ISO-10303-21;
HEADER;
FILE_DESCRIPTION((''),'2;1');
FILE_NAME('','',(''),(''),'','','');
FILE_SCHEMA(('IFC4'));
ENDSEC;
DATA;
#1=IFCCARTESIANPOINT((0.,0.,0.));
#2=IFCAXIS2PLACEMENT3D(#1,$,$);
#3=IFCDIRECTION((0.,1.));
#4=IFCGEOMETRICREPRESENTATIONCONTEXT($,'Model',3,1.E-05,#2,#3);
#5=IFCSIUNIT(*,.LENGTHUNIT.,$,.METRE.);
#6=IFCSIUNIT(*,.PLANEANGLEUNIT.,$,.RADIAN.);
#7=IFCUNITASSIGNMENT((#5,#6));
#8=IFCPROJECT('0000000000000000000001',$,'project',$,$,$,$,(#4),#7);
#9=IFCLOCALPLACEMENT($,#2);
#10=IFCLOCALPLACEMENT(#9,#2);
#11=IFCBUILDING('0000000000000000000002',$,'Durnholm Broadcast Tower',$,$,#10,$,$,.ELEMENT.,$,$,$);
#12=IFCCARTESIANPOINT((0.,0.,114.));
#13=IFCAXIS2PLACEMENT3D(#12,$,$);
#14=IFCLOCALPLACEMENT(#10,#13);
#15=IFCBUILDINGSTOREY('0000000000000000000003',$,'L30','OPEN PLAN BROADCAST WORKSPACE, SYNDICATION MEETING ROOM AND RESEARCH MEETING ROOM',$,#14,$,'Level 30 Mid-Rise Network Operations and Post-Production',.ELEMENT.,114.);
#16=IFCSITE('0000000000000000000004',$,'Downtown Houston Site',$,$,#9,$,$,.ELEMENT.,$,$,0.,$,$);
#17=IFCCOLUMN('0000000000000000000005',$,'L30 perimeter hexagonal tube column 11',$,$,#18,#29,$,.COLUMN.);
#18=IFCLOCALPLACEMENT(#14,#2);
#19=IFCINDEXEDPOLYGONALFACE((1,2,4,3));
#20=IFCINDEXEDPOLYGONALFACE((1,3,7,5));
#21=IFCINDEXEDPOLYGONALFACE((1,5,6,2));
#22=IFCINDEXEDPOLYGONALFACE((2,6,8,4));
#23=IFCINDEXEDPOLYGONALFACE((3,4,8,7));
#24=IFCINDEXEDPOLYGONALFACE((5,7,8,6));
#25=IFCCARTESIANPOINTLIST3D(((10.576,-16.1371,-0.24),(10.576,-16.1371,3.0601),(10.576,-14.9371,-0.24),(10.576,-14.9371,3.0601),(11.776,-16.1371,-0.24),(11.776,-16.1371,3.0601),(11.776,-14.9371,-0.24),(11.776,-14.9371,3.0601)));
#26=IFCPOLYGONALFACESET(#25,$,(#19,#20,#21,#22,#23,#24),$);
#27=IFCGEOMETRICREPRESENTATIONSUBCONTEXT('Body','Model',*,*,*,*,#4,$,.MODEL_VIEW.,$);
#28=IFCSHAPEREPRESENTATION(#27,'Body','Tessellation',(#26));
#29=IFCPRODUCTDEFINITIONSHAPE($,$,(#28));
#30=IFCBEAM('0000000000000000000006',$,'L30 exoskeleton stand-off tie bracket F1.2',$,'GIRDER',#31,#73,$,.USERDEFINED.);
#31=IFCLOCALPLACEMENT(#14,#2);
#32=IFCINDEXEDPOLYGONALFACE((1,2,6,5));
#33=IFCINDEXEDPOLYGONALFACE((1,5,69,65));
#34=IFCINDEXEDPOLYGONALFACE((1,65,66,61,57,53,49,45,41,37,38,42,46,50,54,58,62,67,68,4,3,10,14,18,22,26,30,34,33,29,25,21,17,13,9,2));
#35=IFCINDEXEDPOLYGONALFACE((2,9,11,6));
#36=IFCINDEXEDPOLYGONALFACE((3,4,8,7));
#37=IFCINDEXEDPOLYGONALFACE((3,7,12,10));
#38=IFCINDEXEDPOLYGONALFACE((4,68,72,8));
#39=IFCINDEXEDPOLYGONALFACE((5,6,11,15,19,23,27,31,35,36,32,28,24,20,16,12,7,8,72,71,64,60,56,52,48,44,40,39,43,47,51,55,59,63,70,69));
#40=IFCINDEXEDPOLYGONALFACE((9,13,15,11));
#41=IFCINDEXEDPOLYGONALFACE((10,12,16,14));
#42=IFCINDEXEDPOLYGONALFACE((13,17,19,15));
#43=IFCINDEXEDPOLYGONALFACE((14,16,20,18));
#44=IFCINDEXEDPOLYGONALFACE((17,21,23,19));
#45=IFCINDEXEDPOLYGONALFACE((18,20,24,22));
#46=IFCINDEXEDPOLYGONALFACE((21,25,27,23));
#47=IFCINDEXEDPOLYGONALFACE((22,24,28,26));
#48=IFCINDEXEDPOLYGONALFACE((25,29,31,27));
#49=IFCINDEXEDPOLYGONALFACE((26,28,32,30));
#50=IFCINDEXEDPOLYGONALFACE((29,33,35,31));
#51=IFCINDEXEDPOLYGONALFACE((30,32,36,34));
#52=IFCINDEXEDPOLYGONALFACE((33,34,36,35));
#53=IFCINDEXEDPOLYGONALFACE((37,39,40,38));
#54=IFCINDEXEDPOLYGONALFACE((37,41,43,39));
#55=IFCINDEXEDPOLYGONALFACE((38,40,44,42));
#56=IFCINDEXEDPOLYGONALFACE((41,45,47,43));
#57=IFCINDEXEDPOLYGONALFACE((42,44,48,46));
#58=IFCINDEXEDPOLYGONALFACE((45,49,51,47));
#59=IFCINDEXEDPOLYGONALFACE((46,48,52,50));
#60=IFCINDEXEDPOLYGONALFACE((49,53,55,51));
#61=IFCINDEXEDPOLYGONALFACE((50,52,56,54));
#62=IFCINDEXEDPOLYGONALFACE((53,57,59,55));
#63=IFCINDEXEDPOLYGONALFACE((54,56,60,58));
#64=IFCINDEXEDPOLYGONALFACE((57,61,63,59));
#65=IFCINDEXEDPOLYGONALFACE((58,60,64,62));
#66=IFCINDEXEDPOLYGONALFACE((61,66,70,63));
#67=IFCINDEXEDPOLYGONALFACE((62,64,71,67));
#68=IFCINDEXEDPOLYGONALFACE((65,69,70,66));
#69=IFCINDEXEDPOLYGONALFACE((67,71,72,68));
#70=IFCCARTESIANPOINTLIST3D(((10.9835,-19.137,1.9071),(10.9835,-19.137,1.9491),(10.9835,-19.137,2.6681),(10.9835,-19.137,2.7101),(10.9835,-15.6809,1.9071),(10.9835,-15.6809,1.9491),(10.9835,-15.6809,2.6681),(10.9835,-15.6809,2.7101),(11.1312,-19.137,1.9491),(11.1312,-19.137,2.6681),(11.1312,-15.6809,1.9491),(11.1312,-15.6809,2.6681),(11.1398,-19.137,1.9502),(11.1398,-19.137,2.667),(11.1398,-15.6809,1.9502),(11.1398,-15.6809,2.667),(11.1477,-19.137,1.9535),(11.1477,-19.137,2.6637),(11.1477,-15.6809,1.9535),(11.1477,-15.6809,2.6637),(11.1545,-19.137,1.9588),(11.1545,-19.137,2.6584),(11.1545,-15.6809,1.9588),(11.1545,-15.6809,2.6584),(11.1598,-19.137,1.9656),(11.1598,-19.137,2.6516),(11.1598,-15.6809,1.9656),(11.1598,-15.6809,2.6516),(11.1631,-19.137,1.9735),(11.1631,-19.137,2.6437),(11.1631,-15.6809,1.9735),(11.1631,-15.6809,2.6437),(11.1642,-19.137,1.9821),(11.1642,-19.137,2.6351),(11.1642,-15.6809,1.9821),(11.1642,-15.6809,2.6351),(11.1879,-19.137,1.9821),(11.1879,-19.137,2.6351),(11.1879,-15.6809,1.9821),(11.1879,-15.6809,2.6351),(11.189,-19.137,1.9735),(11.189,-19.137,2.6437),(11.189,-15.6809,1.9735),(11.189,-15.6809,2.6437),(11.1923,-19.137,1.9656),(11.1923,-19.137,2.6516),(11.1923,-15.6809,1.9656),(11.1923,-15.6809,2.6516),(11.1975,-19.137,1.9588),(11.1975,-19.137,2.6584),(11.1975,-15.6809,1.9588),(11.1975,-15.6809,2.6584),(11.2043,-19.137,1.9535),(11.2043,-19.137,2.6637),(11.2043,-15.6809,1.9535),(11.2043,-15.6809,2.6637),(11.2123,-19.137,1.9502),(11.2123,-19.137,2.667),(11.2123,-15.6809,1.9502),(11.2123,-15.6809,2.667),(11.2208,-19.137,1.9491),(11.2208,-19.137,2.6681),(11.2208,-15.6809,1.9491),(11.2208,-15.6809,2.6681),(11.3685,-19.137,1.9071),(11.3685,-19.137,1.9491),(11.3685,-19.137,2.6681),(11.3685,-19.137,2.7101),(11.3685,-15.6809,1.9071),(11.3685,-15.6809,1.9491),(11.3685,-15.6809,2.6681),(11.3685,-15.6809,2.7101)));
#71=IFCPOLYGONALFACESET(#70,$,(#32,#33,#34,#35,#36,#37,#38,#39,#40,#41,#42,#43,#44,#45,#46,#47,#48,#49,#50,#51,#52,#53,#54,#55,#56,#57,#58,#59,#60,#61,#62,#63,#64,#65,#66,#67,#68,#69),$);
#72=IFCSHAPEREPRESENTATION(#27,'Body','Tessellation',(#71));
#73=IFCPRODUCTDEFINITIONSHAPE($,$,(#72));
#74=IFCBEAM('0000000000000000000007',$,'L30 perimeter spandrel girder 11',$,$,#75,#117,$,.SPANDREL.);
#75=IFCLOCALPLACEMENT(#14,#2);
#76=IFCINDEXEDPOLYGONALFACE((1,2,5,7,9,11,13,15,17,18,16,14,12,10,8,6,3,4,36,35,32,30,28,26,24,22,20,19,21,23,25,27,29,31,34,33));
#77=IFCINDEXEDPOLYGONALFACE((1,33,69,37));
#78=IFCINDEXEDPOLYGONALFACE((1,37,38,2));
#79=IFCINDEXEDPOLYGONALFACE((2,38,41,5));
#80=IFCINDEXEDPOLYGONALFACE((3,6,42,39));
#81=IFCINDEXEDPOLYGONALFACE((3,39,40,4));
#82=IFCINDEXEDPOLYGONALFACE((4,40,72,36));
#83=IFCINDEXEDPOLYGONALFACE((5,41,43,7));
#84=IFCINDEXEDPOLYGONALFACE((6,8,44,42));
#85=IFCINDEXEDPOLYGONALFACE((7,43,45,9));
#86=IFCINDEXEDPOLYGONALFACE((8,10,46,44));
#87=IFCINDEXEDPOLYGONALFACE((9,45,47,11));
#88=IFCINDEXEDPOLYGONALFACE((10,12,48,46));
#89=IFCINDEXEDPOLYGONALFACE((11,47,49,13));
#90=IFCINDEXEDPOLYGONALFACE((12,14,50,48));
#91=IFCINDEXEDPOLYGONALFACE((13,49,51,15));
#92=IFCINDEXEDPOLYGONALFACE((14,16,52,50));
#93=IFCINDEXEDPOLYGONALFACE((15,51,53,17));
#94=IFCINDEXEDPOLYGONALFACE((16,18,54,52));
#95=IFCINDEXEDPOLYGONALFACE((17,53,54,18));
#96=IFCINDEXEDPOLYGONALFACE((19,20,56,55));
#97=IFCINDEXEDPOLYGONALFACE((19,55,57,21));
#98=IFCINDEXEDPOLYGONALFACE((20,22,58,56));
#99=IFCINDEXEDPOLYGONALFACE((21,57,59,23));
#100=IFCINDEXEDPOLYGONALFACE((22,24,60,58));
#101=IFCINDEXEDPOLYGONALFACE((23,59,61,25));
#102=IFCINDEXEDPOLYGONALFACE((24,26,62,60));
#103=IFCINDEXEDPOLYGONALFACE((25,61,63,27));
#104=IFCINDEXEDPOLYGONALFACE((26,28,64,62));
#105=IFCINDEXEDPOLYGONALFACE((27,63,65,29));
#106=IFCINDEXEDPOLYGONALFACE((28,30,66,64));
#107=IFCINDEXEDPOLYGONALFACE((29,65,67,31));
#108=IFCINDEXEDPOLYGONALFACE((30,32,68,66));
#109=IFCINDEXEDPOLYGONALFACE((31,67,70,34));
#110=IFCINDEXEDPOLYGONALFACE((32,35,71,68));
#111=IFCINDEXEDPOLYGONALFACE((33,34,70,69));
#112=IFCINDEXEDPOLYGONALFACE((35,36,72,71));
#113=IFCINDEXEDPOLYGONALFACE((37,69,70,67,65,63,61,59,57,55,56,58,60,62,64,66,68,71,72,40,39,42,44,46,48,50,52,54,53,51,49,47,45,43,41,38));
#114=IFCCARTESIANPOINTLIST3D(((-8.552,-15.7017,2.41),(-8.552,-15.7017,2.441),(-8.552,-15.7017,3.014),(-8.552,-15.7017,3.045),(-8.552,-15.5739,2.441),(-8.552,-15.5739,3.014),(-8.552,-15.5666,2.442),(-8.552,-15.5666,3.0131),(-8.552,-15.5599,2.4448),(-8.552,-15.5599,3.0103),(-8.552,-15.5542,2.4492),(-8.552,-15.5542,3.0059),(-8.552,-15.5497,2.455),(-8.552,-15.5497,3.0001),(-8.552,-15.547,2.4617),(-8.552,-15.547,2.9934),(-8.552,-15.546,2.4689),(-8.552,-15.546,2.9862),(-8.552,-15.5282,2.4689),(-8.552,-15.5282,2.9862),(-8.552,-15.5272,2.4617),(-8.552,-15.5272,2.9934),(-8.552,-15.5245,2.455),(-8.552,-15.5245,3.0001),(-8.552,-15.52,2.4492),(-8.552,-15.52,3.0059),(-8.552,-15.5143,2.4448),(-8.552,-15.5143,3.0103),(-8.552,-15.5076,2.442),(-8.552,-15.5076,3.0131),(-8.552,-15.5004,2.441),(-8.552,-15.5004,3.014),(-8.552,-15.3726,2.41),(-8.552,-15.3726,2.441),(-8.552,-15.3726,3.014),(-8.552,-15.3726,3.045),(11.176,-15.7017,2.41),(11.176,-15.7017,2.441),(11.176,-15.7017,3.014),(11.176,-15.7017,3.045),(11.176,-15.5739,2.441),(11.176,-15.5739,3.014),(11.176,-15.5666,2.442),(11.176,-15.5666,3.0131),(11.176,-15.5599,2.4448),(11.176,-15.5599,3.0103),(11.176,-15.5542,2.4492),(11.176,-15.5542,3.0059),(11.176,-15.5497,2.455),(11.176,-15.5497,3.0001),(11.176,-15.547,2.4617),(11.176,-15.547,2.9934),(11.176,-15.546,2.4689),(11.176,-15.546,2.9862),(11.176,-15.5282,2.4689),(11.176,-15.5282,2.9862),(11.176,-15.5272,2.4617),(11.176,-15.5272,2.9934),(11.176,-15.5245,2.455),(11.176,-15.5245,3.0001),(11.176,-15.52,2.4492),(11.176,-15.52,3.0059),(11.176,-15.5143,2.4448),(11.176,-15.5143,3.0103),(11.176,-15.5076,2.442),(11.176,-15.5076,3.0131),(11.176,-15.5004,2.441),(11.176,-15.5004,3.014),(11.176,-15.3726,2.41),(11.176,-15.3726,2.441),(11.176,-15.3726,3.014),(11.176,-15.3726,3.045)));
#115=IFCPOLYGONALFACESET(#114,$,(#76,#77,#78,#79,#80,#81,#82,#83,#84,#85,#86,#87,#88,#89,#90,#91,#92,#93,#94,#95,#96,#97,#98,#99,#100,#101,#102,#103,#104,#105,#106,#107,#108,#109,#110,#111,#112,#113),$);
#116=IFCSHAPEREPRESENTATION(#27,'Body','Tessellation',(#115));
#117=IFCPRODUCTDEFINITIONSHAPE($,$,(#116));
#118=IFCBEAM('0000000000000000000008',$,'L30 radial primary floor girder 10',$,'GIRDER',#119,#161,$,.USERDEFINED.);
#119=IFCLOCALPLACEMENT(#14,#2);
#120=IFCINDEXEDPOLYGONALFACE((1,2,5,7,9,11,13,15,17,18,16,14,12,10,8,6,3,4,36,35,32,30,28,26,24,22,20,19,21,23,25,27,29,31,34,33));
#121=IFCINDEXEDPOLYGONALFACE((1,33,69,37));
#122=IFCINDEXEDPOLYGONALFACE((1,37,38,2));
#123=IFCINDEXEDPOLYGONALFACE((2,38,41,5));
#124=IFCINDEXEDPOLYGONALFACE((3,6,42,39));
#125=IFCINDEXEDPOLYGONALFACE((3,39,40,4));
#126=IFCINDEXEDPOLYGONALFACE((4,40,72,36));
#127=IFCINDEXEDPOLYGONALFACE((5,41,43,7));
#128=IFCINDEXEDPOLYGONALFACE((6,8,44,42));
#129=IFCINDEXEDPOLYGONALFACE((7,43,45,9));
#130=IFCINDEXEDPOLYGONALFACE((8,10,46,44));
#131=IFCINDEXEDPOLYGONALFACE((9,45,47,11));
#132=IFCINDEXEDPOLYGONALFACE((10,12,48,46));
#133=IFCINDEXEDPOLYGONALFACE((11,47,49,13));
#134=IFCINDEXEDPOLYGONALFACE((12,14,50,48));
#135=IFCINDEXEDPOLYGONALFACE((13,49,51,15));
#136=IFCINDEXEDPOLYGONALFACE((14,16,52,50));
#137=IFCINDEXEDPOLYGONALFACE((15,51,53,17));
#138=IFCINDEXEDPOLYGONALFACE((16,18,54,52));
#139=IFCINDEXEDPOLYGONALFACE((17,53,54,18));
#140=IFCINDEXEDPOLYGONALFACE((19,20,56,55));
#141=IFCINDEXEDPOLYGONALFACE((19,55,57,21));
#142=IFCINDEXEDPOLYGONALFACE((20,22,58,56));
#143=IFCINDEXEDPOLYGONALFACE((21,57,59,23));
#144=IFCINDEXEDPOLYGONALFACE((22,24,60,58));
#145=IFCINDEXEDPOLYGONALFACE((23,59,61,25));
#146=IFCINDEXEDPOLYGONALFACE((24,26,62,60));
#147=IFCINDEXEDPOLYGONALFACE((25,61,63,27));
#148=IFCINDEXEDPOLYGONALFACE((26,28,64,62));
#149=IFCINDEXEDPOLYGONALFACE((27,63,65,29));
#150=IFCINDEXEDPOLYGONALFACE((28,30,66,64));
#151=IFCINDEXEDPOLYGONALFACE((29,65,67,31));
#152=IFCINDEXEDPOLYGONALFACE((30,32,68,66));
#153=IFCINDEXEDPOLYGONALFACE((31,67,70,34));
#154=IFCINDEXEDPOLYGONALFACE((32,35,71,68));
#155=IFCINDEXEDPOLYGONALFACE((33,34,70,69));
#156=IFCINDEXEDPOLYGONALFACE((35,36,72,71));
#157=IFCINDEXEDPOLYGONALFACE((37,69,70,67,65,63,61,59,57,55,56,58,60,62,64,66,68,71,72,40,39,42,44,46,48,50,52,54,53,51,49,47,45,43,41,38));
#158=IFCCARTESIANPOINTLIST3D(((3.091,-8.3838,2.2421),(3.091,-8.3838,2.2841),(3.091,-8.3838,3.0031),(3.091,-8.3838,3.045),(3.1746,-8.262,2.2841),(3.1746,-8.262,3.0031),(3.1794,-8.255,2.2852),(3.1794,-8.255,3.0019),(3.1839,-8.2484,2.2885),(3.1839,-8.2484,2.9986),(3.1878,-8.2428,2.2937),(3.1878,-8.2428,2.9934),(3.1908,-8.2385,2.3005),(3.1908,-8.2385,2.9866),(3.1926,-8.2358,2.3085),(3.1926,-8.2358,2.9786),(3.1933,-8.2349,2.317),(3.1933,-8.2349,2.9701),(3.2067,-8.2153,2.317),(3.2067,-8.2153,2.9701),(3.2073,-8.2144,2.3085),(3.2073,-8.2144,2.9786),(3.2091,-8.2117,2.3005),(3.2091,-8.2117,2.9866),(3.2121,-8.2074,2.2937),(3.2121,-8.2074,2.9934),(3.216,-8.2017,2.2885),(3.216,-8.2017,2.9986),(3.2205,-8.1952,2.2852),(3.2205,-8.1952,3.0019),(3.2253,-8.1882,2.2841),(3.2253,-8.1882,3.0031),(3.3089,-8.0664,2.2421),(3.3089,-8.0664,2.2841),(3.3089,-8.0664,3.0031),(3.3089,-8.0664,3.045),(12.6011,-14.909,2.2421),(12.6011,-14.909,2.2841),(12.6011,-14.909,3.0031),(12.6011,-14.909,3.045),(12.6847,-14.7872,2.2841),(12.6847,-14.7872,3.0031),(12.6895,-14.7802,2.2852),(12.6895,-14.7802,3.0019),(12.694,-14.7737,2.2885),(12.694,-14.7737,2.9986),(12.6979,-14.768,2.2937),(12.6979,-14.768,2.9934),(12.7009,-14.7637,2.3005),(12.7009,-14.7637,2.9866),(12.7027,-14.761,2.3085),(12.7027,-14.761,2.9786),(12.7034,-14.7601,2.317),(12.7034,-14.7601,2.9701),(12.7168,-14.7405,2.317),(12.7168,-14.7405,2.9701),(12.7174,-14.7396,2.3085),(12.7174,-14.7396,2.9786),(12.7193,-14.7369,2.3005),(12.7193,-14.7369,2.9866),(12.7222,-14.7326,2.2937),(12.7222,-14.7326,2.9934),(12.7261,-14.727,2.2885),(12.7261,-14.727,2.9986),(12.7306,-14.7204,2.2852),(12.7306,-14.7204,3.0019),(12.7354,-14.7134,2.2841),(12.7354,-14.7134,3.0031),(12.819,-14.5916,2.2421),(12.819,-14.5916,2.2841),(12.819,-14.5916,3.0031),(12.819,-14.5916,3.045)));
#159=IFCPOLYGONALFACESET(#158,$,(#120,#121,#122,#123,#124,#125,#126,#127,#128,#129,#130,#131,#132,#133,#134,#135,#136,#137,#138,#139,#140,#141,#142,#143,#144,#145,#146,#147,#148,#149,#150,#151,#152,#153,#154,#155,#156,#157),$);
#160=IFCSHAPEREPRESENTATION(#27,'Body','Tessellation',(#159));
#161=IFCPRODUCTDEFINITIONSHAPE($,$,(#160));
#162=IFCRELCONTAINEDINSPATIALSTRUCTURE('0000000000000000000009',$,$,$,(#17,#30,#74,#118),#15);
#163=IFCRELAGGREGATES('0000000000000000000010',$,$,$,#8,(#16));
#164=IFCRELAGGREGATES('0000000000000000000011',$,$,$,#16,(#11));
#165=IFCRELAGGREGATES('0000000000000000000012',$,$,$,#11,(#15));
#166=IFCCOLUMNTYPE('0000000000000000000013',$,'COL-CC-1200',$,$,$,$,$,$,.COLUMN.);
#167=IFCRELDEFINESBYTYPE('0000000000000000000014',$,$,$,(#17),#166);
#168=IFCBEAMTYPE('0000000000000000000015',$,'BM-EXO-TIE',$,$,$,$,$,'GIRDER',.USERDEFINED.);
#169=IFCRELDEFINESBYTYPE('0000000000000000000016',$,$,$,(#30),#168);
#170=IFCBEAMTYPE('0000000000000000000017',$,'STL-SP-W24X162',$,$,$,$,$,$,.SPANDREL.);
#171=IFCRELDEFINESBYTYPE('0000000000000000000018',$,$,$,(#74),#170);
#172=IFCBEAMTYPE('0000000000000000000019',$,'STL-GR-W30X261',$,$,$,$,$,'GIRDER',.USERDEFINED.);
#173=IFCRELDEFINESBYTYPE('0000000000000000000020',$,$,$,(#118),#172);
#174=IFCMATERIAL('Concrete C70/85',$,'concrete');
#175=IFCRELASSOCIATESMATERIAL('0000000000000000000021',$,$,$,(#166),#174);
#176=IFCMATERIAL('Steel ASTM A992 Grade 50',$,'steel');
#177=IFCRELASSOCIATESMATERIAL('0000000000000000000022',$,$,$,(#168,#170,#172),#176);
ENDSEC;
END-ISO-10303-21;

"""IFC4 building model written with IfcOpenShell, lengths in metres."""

from ifc_helpers import new_model, si_unit, direction, frame, origin, origin_2d, place, context, subcontext, project, spatial, rectangle, i_section, extrude, source, transform, mapped, material, material_profile, profile_set, type_object, type_shapes, element, save


model = new_model("IFC4")

# Units and contexts
model_context = context("Model", 3, precision=1e-05, world=origin(), true_north=direction((0.0, 1.0)))
body_context = subcontext(model_context, "Body", "Model", "MODEL_VIEW")
ifc_project = project(units=[si_unit("LENGTHUNIT", "METRE"), si_unit("PLANEANGLEUNIT", "RADIAN")], contexts=[model_context])

# Site, building, storey
site_placement = place(None, origin())
site = spatial("IfcSite", under=ifc_project, at=site_placement, Name="Downtown Houston Site", CompositionType="ELEMENT", RefElevation=0.0)
building_placement = place(site_placement, origin())
building = spatial("IfcBuilding", under=site, at=building_placement, Name="Durnholm Broadcast Tower", CompositionType="ELEMENT")
storey_placement = place(building_placement, frame((0.0, 0.0, 114.0)))
storey = spatial("IfcBuildingStorey", under=building, at=storey_placement, Name="L30", Description="OPEN PLAN BROADCAST WORKSPACE, SYNDICATION MEETING ROOM AND RESEARCH MEETING ROOM", LongName="Level 30 Mid-Rise Network Operations and Post-Production", CompositionType="ELEMENT", Elevation=114.0)

# Column
ifc_material_1 = material(Name="Concrete C70/85", Category="concrete")
ifc_material_profile_1 = material_profile(ifc_material_1, rectangle(XDim=1.2, YDim=1.2, at=origin_2d()), Name="RC1200X1200")
ifc_profile_set_1 = profile_set([ifc_material_profile_1], Name="Concrete C70/85")
column_type = type_object("IfcColumnType", Name="COL-CC-1200", PredefinedType="COLUMN", material=ifc_profile_set_1)
shared_shape_1 = source(origin(), body_context, "Body", "SweptSolid", [
    extrude(rectangle(XDim=1.2, YDim=1.2, at=origin_2d()), origin(), (0.0, 0.0, 1.0), 3.3),
])
type_shapes(column_type, [shared_shape_1])
column_placement = place(storey_placement, frame((11.176, -15.5371, -0.24), z_axis=(0.0, 0.0, 1.0), x_axis=(1.0, 0.0, 0.0)))
element("IfcColumn", 1, at=column_placement, inside=storey, type_object=column_type, Name="L30 perimeter hexagonal tube column 11", PredefinedType="COLUMN", context=body_context, shape_type="MappedRepresentation", body=[
    mapped(shared_shape_1, transform((0.0, 0.0, 0.0), x_axis=(1.0, 0.0, 0.0), y_axis=(0.0, 1.0, 0.0), z_axis=(0.0, 0.0, 1.0), scale=1.0)),
])

# Beams
ifc_material_2 = material(Name="Steel ASTM A992 Grade 50", Category="steel")
ifc_material_profile_2 = material_profile(ifc_material_2, i_section(OverallWidth=0.385, OverallDepth=0.803, WebThickness=0.0237, FlangeThickness=0.042, FilletRadius=0.033, at=origin_2d()), Name="W30X261")
ifc_profile_set_2 = profile_set([ifc_material_profile_2], Name="Steel ASTM A992 Grade 50")
beam_type_1 = type_object("IfcBeamType", Name="BM-EXO-TIE", ElementType="GIRDER", PredefinedType="USERDEFINED", material=ifc_profile_set_2)
shared_shape_2 = source(origin(), body_context, "Body", "SweptSolid", [
    extrude(i_section(OverallWidth=0.385, OverallDepth=0.803, WebThickness=0.0237, FlangeThickness=0.042, FilletRadius=0.033, at=origin_2d()), origin(), (0.0, 0.0, 1.0), 3.4561),
])
type_shapes(beam_type_1, [shared_shape_2])
beam_1_placement = place(storey_placement, frame((11.176, -15.6809, 2.3086), z_axis=(0.0, -1.0, 0.0), x_axis=(1.0, 0.0, 0.0)))
element("IfcBeam", 2, at=beam_1_placement, inside=storey, type_object=beam_type_1, Name="L30 exoskeleton stand-off tie bracket F1.2", ObjectType="GIRDER", PredefinedType="USERDEFINED", context=body_context, shape_type="MappedRepresentation", body=[
    mapped(shared_shape_2, transform((0.0, 0.0, 0.0), x_axis=(1.0, 0.0, 0.0), y_axis=(0.0, 1.0, 0.0), z_axis=(0.0, 0.0, 1.0), scale=1.0)),
])
ifc_material_profile_3 = material_profile(ifc_material_2, i_section(OverallWidth=0.3291, OverallDepth=0.635, WebThickness=0.0178, FlangeThickness=0.031, FilletRadius=0.0278, at=origin_2d()), Name="W24X162")
ifc_profile_set_3 = profile_set([ifc_material_profile_3], Name="Steel ASTM A992 Grade 50")
beam_type_2 = type_object("IfcBeamType", Name="STL-SP-W24X162", PredefinedType="SPANDREL", material=ifc_profile_set_3)
shared_shape_3 = source(origin(), body_context, "Body", "SweptSolid", [
    extrude(i_section(OverallWidth=0.3291, OverallDepth=0.635, WebThickness=0.0178, FlangeThickness=0.031, FilletRadius=0.0278, at=origin_2d()), origin(), (0.0, 0.0, 1.0), 19.728),
])
type_shapes(beam_type_2, [shared_shape_3])
beam_2_placement = place(storey_placement, frame((11.176, -15.5371, 2.7275), z_axis=(-1.0, 0.0, 0.0), x_axis=(0.0, -1.0, 0.0)))
element("IfcBeam", 3, at=beam_2_placement, inside=storey, type_object=beam_type_2, Name="L30 perimeter spandrel girder 11", PredefinedType="SPANDREL", context=body_context, shape_type="MappedRepresentation", body=[
    mapped(shared_shape_3, transform((0.0, 0.0, 0.0), x_axis=(1.0, 0.0, 0.0), y_axis=(0.0, 1.0, 0.0), z_axis=(0.0, 0.0, 1.0), scale=1.0)),
])
ifc_material_profile_4 = material_profile(ifc_material_2, i_section(OverallWidth=0.385, OverallDepth=0.803, WebThickness=0.0237, FlangeThickness=0.042, FilletRadius=0.033, at=origin_2d()), Name="W30X261")
ifc_profile_set_4 = profile_set([ifc_material_profile_4], Name="Steel ASTM A992 Grade 50")
beam_type_3 = type_object("IfcBeamType", Name="STL-GR-W30X261", ElementType="GIRDER", PredefinedType="USERDEFINED", material=ifc_profile_set_4)
shared_shape_4 = source(origin(), body_context, "Body", "SweptSolid", [
    extrude(i_section(OverallWidth=0.385, OverallDepth=0.803, WebThickness=0.0237, FlangeThickness=0.042, FilletRadius=0.033, at=origin_2d()), origin(), (0.0, 0.0, 1.0), 11.5334),
])
type_shapes(beam_type_3, [shared_shape_4])
beam_3_placement = place(storey_placement, frame((3.2, -8.2251, 2.6436), z_axis=(0.824567, -0.565764, 0.0), x_axis=(0.565764, 0.824567, 0.0)))
element("IfcBeam", 4, at=beam_3_placement, inside=storey, type_object=beam_type_3, Name="L30 radial primary floor girder 10", ObjectType="GIRDER", PredefinedType="USERDEFINED", context=body_context, shape_type="MappedRepresentation", body=[
    mapped(shared_shape_4, transform((0.0, 0.0, 0.0), x_axis=(1.0, 0.0, 0.0), y_axis=(0.0, 1.0, 0.0), z_axis=(0.0, 0.0, 1.0), scale=1.0)),
])

save(model, "model.ifc")
